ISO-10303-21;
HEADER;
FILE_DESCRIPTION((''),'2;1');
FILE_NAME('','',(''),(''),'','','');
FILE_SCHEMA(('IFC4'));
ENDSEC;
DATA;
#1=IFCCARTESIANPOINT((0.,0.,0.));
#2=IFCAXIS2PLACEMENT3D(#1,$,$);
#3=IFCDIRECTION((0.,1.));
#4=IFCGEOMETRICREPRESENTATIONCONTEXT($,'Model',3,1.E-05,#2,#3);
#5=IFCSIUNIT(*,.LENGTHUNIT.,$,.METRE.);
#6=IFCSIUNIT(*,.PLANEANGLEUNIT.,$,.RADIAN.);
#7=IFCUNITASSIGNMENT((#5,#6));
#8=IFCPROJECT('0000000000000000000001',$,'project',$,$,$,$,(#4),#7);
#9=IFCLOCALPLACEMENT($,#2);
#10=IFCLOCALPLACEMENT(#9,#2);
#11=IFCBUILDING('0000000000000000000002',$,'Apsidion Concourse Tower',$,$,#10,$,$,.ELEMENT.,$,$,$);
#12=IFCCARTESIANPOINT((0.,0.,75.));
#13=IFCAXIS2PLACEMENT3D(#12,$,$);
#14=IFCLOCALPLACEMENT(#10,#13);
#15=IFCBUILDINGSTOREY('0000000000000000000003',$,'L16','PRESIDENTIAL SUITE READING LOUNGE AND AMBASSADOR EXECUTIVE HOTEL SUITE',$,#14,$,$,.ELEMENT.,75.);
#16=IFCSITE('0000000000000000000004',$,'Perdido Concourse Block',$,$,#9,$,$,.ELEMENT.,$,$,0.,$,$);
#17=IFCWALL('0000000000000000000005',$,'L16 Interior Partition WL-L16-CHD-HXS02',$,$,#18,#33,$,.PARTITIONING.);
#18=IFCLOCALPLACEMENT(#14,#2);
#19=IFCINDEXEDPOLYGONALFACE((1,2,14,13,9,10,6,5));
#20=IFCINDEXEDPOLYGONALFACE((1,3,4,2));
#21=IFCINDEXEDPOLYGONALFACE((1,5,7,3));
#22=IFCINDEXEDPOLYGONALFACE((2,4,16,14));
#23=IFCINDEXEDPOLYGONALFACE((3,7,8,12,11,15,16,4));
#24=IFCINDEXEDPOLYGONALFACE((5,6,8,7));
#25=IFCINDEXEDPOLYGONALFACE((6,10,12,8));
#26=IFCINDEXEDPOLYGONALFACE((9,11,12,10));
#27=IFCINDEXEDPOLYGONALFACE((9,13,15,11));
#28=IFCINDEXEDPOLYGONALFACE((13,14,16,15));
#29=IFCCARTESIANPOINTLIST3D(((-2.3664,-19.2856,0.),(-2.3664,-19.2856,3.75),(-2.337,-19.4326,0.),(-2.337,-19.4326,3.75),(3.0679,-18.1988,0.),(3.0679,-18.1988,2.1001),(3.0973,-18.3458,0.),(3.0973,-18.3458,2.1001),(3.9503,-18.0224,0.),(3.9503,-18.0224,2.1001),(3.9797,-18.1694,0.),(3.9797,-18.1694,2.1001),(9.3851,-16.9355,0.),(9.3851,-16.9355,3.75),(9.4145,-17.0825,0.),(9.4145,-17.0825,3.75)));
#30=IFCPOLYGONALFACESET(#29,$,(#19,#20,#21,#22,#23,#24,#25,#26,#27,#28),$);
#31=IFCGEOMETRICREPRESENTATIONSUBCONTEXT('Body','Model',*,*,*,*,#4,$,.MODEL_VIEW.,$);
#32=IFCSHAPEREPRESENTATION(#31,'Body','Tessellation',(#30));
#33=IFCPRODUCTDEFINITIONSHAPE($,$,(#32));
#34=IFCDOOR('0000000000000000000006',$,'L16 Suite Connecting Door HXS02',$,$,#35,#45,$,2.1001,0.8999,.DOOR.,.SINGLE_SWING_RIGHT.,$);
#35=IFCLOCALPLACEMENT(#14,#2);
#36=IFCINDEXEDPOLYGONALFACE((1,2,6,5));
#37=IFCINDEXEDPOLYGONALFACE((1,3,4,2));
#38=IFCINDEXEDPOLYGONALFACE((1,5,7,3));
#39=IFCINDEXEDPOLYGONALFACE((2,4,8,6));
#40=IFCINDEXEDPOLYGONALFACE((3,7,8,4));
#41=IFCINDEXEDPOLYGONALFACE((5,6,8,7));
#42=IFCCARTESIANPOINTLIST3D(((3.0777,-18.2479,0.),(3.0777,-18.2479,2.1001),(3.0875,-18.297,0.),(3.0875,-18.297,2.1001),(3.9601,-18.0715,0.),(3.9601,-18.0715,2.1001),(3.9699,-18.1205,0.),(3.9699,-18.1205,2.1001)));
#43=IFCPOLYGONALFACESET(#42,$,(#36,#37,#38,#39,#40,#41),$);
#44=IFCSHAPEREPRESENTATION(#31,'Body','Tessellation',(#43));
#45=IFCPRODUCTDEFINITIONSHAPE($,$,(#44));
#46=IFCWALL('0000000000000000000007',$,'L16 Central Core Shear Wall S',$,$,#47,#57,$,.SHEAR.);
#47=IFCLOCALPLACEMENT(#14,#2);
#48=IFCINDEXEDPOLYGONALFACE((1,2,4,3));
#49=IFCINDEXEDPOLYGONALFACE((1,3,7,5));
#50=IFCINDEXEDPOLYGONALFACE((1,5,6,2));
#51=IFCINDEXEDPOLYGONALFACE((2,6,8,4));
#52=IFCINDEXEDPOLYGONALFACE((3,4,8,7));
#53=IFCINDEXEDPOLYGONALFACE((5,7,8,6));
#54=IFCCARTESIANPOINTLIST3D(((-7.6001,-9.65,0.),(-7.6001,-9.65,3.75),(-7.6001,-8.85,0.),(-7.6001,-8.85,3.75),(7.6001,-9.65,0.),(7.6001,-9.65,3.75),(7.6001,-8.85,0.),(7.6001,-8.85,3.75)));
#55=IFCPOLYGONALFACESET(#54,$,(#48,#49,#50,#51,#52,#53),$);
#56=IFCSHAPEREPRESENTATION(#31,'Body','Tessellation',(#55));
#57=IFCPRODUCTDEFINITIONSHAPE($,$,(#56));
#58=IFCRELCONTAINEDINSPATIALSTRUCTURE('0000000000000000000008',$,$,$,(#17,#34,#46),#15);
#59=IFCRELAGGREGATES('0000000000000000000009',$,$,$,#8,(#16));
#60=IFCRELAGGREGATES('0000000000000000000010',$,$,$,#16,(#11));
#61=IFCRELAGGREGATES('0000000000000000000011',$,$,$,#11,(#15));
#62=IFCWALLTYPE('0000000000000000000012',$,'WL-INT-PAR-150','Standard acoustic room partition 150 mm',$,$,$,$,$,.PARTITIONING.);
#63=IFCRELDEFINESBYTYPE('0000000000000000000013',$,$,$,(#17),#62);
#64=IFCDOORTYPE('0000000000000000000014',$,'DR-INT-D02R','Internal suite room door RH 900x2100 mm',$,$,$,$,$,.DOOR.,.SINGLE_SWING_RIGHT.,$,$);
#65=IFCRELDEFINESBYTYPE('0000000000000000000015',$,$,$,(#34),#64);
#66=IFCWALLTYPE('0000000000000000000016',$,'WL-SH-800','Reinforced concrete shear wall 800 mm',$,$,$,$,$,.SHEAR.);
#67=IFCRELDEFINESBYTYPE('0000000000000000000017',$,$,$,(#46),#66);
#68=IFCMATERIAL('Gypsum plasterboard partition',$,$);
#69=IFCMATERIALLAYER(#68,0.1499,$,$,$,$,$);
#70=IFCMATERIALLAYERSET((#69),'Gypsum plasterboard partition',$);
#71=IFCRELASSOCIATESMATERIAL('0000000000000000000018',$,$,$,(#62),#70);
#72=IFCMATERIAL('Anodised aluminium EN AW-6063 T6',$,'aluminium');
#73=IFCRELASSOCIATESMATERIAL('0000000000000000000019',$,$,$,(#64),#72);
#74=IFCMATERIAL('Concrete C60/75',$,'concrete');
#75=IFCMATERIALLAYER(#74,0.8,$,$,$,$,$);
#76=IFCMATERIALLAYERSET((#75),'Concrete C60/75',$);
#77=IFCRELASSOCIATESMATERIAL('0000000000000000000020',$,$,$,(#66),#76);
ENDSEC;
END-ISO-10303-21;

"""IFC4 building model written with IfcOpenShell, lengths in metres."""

from ifc_helpers import new_model, si_unit, direction, frame, frame_2d, origin, place, context, subcontext, project, spatial, rectangle, extrude, material, layer, layer_set, type_object, element, fill, save


model = new_model("IFC4")

# Units and contexts
model_context = context("Model", 3, precision=1e-05, world=origin(), true_north=direction((0.0, 1.0)))
body_context = subcontext(model_context, "Body", "Model", "MODEL_VIEW")
ifc_project = project(units=[si_unit("LENGTHUNIT", "METRE"), si_unit("PLANEANGLEUNIT", "RADIAN")], contexts=[model_context])

# Site, building, storey
site_placement = place(None, origin())
site = spatial("IfcSite", under=ifc_project, at=site_placement, Name="Perdido Concourse Block", CompositionType="ELEMENT", RefElevation=0.0)
building_placement = place(site_placement, origin())
building = spatial("IfcBuilding", under=site, at=building_placement, Name="Apsidion Concourse Tower", CompositionType="ELEMENT")
storey_placement = place(building_placement, frame((0.0, 0.0, 75.0)))
storey = spatial("IfcBuildingStorey", under=building, at=storey_placement, Name="L16", Description="PRESIDENTIAL SUITE READING LOUNGE AND AMBASSADOR EXECUTIVE HOTEL SUITE", CompositionType="ELEMENT", Elevation=75.0)

# Shared definitions
ifc_material_1 = material(Name="Concrete C60/75", Category="concrete")

# Shared definitions
ifc_material_2 = material(Name="Gypsum plasterboard partition")
ifc_material_3 = material(Name="Anodised aluminium EN AW-6063 T6", Category="aluminium")

# Shared definitions
ifc_layer_1 = layer(ifc_material_2, 0.1499)
ifc_layer_set_1 = layer_set([ifc_layer_1], Name="Gypsum plasterboard partition")
wall_type_1 = type_object("IfcWallType", Name="WL-INT-PAR-150", Description="Standard acoustic room partition 150 mm", PredefinedType="PARTITIONING", material=ifc_layer_set_1)

# Wall, opening, door
wall_1_placement = place(storey_placement, frame((-2.3518, -19.3591, 0.0), z_axis=(0.0, 0.0, 1.0), x_axis=(0.980584, 0.1961, 0.0)))
wall_1 = element("IfcWall", 1, at=wall_1_placement, inside=storey, type_object=wall_type_1, Name="L16 Interior Partition WL-L16-CHD-HXS02", PredefinedType="PARTITIONING", context=body_context, shape_type="SweptSolid", body=[
    extrude(rectangle(XDim=11.9841, YDim=0.1499, at=frame_2d((5.9922, 0.0))), origin(), (0.0, 0.0, 1.0), 3.75),
])
opening_1_placement = place(wall_1_placement, frame((5.542, 0.0, 0.0)))
opening_1 = element("IfcOpeningElement", 2, at=opening_1_placement, cuts=wall_1, PredefinedType="OPENING", context=body_context, shape_type="SweptSolid", body=[
    extrude(rectangle(XDim=0.8999, YDim=2.1001, at=frame_2d((0.45, 1.05))), frame((0.0, 0.085, 0.0), z_axis=(0.0, -1.0, 0.0), x_axis=(1.0, 0.0, 0.0)), (0.0, 0.0, 1.0), 0.1699),
])
door_type_1 = type_object("IfcDoorType", Name="DR-INT-D02R", Description="Internal suite room door RH 900x2100 mm", OperationType="SINGLE_SWING_RIGHT", PredefinedType="DOOR", material=ifc_material_3)
door_1_placement = place(opening_1_placement, origin())
door_1 = element("IfcDoor", 3, at=door_1_placement, inside=storey, type_object=door_type_1, Name="L16 Suite Connecting Door HXS02", OperationType="SINGLE_SWING_RIGHT", OverallHeight=2.1001, OverallWidth=0.8999, PredefinedType="DOOR", context=body_context, shape_type="SweptSolid", body=[
    extrude(rectangle(XDim=0.8999, YDim=2.1001, at=frame_2d((0.45, 1.05))), frame((0.0, 0.0249, 0.0), z_axis=(0.0, -1.0, 0.0), x_axis=(1.0, 0.0, 0.0)), (0.0, 0.0, 1.0), 0.05),
])
fill(opening_1, door_1)

# Shared definitions
ifc_layer_2 = layer(ifc_material_1, 0.8)
ifc_layer_set_2 = layer_set([ifc_layer_2], Name="Concrete C60/75")
wall_type_2 = type_object("IfcWallType", Name="WL-SH-800", Description="Reinforced concrete shear wall 800 mm", PredefinedType="SHEAR", material=ifc_layer_set_2)

# Wall
wall_2_placement = place(storey_placement, frame((-7.6001, -9.25, 0.0), z_axis=(0.0, 0.0, 1.0), x_axis=(1.0, 0.0, 0.0)))
element("IfcWall", 4, at=wall_2_placement, inside=storey, type_object=wall_type_2, Name="L16 Central Core Shear Wall S", PredefinedType="SHEAR", context=body_context, shape_type="SweptSolid", body=[
    extrude(rectangle(XDim=15.2002, YDim=0.8, at=frame_2d((7.6001, 0.0))), origin(), (0.0, 0.0, 1.0), 3.75),
])

save(model, "model.ifc")
